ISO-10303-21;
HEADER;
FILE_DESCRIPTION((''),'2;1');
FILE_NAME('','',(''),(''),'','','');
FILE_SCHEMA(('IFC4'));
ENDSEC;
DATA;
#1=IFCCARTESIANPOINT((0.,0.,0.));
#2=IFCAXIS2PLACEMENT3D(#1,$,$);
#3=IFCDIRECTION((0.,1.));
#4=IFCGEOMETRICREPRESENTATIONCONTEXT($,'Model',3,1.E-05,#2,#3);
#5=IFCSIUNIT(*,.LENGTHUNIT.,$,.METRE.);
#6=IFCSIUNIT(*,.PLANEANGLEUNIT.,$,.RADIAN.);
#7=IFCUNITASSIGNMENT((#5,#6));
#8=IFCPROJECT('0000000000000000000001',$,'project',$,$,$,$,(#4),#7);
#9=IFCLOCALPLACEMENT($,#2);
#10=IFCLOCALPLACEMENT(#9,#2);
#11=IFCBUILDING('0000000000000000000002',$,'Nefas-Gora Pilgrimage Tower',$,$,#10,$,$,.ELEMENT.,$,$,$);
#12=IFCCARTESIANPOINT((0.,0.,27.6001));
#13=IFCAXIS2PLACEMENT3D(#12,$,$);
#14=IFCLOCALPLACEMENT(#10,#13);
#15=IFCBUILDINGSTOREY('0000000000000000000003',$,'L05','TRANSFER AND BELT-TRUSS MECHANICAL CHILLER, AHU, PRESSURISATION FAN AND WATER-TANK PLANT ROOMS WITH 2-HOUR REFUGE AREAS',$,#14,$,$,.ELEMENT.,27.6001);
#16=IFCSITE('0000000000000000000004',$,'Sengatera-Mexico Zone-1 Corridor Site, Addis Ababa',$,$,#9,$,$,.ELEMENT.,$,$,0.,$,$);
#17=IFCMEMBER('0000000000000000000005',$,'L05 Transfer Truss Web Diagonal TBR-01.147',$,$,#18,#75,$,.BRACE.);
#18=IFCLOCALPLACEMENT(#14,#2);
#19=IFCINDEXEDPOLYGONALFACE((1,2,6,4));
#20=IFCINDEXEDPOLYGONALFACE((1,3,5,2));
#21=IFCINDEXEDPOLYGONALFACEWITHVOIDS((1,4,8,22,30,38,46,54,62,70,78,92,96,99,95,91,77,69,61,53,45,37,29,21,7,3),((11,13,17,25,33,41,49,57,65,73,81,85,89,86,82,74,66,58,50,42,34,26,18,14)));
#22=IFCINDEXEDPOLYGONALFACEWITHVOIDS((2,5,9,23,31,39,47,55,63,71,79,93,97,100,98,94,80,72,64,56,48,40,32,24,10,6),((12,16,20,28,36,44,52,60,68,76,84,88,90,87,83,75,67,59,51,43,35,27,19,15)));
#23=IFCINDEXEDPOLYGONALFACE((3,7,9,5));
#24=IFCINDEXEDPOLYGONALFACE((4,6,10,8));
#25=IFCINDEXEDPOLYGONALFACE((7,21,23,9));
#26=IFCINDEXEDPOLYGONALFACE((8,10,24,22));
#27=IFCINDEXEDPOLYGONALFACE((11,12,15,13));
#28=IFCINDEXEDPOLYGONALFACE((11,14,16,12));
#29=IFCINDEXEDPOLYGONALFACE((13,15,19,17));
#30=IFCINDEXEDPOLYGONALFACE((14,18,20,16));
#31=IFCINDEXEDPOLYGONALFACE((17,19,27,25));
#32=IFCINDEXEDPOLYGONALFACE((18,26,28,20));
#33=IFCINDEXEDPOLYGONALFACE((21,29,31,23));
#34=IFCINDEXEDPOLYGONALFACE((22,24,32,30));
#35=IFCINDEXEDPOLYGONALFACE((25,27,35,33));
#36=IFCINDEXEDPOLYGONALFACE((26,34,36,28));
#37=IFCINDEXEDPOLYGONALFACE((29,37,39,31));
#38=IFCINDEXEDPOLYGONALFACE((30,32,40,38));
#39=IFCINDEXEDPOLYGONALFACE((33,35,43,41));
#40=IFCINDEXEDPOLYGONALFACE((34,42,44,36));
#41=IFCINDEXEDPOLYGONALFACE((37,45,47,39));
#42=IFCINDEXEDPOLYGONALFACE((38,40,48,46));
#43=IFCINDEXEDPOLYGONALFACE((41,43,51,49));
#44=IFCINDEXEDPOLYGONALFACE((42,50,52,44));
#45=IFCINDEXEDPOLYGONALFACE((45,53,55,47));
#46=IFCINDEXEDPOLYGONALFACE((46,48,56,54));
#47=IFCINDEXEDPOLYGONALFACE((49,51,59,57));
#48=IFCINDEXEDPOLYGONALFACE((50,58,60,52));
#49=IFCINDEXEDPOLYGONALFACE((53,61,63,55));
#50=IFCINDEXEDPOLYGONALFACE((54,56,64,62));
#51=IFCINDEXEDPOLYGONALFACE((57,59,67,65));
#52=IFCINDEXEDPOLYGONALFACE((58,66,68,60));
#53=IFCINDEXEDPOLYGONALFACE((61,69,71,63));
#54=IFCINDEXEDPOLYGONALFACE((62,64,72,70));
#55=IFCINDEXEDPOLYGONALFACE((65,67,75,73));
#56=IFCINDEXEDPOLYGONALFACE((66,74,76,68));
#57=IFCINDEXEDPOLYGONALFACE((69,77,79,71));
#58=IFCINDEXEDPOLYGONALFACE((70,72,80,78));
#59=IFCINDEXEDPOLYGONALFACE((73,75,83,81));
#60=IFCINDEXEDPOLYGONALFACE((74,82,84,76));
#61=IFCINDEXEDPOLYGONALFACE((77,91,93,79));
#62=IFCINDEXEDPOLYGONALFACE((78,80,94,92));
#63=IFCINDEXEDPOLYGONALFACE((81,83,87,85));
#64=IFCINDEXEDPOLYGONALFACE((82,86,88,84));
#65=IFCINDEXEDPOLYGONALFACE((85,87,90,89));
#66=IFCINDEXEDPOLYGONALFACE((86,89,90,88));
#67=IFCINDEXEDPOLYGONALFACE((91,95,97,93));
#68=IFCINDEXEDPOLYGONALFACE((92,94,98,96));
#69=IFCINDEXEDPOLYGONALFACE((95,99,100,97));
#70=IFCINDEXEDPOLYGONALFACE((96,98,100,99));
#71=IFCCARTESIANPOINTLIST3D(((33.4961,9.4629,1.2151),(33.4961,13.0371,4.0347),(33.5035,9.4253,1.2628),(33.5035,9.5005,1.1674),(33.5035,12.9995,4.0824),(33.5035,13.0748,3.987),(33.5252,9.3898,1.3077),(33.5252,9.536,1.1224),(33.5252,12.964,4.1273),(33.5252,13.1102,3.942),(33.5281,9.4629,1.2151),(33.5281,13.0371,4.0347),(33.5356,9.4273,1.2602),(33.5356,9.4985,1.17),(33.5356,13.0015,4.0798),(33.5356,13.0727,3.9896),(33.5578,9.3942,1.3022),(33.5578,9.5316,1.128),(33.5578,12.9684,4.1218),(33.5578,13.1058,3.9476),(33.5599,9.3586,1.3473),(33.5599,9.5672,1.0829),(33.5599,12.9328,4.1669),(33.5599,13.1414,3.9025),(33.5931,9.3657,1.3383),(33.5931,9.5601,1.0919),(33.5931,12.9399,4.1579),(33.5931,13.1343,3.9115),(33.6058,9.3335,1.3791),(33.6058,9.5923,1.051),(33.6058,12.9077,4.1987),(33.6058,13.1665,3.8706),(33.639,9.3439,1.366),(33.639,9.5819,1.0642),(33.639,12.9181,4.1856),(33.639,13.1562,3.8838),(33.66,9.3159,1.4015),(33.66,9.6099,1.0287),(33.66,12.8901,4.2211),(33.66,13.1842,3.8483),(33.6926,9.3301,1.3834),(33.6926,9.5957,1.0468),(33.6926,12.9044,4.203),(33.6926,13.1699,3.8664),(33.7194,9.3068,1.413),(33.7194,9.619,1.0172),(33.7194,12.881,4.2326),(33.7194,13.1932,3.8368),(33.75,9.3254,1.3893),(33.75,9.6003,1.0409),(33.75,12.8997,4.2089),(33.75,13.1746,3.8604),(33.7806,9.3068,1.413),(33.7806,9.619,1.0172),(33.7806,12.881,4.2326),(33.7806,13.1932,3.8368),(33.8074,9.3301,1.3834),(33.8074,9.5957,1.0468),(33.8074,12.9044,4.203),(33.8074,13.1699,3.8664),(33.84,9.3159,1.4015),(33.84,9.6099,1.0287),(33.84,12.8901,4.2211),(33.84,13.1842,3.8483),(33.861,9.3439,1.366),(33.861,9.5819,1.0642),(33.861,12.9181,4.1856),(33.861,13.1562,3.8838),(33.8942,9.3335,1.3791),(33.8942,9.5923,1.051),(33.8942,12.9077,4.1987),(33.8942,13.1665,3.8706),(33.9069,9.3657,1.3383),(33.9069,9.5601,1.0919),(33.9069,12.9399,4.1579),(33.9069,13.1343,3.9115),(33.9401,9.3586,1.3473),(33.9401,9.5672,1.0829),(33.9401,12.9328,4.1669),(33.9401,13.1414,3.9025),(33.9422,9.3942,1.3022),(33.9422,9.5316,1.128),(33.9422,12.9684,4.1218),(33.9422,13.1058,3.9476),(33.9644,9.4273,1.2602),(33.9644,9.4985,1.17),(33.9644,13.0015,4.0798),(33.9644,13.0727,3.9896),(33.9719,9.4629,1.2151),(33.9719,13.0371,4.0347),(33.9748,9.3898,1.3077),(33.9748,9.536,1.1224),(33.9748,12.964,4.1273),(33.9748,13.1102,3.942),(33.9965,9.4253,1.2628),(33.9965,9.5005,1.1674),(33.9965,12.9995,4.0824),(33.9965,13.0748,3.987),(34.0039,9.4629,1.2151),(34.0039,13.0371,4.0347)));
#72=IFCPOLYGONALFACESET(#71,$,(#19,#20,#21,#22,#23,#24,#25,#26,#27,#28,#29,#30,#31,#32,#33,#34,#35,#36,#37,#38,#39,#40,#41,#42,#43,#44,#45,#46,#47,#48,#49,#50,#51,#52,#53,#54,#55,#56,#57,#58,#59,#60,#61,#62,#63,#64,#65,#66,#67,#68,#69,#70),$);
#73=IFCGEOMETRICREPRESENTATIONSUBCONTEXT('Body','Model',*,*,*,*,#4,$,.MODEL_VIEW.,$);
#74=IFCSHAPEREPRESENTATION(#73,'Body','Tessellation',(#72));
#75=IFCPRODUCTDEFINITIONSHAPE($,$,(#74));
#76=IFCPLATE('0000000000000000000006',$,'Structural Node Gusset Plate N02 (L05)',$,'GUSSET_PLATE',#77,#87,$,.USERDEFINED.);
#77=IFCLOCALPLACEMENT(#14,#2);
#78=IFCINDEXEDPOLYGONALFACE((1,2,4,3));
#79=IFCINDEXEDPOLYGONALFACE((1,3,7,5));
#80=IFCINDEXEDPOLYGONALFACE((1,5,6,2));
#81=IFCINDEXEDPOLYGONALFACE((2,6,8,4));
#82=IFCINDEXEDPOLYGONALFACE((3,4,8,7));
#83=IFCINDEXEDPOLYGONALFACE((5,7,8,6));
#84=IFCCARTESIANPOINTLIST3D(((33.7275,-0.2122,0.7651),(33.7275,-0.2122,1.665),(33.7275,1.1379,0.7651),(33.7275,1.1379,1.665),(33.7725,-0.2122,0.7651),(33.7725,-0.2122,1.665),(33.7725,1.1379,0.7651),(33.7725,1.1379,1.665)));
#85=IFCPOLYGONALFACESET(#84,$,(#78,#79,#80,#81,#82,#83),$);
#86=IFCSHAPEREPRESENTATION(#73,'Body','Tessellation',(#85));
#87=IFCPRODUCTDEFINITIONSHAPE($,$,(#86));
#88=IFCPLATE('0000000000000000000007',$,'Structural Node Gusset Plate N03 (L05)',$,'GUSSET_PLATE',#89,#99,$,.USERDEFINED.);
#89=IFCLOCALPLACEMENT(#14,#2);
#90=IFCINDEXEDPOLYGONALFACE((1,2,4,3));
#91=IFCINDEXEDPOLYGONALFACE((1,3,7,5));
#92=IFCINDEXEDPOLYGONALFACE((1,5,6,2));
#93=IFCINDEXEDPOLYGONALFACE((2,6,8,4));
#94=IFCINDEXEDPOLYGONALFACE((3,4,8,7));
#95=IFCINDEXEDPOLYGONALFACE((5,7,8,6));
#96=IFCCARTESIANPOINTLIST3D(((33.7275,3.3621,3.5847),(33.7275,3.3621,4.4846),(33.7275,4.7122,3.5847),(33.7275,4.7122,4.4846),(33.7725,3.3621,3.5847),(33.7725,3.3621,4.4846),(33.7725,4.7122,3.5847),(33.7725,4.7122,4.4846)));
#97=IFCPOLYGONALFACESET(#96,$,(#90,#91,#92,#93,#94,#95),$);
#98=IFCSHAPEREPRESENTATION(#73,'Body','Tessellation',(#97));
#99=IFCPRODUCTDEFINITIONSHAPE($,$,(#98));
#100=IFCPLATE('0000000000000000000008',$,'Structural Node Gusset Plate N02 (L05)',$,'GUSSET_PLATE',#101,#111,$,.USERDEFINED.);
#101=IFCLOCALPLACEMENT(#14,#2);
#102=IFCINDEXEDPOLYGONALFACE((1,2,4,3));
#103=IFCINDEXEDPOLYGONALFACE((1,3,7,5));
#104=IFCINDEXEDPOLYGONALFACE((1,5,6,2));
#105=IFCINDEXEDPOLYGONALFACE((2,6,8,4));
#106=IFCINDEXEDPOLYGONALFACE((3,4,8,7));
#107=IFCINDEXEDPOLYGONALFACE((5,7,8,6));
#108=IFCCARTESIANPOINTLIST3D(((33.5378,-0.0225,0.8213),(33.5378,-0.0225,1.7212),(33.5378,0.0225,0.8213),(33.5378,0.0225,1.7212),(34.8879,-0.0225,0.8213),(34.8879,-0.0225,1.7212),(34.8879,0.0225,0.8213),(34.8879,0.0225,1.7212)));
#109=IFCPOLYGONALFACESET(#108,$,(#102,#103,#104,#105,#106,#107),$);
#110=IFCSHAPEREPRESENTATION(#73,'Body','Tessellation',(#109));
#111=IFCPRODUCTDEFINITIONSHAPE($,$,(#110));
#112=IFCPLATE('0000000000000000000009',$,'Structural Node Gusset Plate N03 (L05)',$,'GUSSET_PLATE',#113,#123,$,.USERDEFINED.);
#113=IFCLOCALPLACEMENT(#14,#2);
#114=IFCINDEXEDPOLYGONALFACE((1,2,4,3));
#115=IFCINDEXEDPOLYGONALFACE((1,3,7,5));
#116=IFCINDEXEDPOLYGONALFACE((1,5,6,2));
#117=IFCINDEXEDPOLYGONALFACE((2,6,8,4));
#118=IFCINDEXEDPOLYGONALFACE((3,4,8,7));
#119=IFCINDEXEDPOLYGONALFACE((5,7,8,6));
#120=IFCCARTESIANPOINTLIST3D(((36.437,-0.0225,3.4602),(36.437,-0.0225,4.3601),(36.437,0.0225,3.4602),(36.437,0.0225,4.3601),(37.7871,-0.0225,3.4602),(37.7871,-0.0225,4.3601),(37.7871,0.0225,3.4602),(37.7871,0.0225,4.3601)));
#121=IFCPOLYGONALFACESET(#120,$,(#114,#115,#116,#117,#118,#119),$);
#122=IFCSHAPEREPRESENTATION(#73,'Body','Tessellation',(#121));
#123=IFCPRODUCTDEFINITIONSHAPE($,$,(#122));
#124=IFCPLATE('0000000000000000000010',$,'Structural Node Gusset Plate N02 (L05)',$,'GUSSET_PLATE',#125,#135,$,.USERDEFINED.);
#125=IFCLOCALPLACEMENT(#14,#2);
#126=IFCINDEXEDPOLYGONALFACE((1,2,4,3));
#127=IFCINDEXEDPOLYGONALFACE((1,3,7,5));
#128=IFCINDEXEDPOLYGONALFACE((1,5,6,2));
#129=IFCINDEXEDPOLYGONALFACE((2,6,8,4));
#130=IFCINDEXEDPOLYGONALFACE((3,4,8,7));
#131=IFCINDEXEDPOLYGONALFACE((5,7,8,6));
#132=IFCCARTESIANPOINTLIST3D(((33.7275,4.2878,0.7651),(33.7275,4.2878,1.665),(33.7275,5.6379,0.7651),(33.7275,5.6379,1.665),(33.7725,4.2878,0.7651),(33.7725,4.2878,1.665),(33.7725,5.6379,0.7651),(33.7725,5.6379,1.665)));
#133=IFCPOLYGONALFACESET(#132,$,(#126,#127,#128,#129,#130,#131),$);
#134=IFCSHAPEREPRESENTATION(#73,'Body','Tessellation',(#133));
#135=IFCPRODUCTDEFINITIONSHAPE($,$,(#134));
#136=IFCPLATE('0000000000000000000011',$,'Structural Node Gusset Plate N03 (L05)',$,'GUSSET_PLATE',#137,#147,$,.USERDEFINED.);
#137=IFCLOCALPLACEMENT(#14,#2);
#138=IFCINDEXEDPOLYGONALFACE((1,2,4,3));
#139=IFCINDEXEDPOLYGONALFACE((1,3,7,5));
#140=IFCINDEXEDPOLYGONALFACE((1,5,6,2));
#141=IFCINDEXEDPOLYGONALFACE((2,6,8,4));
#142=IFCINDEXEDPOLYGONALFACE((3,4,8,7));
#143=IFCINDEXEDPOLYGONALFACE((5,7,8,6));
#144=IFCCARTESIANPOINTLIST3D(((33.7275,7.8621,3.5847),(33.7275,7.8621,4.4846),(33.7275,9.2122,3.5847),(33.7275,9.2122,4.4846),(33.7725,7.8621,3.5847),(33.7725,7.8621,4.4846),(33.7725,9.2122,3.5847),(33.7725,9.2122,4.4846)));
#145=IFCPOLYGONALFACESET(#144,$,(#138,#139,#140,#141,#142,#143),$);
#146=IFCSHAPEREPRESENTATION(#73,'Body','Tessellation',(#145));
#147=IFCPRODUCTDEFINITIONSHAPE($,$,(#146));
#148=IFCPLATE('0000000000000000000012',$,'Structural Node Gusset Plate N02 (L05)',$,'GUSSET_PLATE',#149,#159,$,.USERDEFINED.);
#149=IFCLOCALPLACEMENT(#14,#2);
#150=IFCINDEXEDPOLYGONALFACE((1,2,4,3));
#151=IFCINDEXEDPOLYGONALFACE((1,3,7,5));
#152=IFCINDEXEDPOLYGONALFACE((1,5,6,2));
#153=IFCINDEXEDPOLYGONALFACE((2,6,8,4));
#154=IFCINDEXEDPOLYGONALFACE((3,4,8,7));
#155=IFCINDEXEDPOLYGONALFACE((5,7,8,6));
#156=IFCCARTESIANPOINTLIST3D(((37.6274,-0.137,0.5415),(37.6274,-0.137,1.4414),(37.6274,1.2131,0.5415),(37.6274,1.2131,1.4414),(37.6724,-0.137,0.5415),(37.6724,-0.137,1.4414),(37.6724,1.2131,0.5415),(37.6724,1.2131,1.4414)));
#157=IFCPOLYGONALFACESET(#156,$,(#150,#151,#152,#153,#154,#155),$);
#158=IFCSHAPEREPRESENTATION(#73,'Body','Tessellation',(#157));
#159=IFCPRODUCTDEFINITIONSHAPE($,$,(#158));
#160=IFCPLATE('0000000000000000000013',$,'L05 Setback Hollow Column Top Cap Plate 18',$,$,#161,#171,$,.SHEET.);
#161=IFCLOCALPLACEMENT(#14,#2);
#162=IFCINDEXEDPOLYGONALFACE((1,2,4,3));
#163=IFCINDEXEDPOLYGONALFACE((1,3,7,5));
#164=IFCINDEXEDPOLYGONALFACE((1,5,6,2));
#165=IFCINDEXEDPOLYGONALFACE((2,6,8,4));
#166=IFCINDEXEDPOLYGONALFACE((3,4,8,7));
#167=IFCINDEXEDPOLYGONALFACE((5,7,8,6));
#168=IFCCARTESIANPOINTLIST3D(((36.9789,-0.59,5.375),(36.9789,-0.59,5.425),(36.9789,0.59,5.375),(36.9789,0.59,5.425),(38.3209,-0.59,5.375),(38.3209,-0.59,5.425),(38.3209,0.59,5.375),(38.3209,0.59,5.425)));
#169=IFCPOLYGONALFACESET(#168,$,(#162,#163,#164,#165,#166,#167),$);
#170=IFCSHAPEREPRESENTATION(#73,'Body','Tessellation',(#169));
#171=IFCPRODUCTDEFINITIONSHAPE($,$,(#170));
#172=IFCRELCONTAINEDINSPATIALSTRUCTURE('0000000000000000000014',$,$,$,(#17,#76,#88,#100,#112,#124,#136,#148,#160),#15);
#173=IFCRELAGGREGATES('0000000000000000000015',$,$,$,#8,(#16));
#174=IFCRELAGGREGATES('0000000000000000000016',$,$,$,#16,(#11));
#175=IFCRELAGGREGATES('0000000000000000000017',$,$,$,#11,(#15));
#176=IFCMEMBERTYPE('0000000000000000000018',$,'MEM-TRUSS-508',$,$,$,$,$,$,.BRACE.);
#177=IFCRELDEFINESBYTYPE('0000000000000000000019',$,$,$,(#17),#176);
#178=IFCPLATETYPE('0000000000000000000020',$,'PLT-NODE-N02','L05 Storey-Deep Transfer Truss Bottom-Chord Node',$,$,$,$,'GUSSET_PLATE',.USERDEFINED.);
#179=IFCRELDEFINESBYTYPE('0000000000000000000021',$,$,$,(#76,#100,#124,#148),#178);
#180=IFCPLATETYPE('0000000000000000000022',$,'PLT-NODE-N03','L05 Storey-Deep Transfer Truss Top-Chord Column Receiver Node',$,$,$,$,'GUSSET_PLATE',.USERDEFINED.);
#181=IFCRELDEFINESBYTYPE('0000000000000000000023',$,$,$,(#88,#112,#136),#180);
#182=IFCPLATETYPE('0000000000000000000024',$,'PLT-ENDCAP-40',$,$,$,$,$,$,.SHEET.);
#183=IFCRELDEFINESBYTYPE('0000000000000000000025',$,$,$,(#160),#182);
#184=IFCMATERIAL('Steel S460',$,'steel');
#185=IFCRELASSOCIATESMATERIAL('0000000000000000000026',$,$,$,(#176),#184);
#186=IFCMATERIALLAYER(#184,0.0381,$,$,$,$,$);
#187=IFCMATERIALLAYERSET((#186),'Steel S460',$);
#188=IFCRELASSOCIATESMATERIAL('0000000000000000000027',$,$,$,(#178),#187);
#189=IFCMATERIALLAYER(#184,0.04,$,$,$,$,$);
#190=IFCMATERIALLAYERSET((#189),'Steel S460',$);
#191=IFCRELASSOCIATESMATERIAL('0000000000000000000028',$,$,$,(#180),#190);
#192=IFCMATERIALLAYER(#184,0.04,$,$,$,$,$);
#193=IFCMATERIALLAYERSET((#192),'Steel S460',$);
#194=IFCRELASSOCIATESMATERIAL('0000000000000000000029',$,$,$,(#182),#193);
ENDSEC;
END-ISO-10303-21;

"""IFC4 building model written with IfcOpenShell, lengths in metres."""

from ifc_helpers import new_model, si_unit, direction, frame, origin, origin_2d, place, context, subcontext, project, spatial, rectangle, hollow_circle, extrude, source, transform, mapped, material, layer, layer_set, material_profile, profile_set, type_object, element, save


model = new_model("IFC4")

# Units and contexts
model_context = context("Model", 3, precision=1e-05, world=origin(), true_north=direction((0.0, 1.0)))
body_context = subcontext(model_context, "Body", "Model", "MODEL_VIEW")
ifc_project = project(units=[si_unit("LENGTHUNIT", "METRE"), si_unit("PLANEANGLEUNIT", "RADIAN")], contexts=[model_context])

# Site, building, storey
site_placement = place(None, origin())
site = spatial("IfcSite", under=ifc_project, at=site_placement, Name="Sengatera-Mexico Zone-1 Corridor Site, Addis Ababa", CompositionType="ELEMENT", RefElevation=0.0)
building_placement = place(site_placement, origin())
building = spatial("IfcBuilding", under=site, at=building_placement, Name="Nefas-Gora Pilgrimage Tower", CompositionType="ELEMENT")
storey_placement = place(building_placement, frame((0.0, 0.0, 27.6001)))
storey = spatial("IfcBuildingStorey", under=building, at=storey_placement, Name="L05", Description="TRANSFER AND BELT-TRUSS MECHANICAL CHILLER, AHU, PRESSURISATION FAN AND WATER-TANK PLANT ROOMS WITH 2-HOUR REFUGE AREAS", CompositionType="ELEMENT", Elevation=27.6001)

# Shared definitions
ifc_material_1 = material(Name="Steel S460", Category="steel")

# Shared definitions
ifc_material_profile_1 = material_profile(ifc_material_1, hollow_circle(Radius=0.2539, WallThickness=0.032, at=origin_2d()), Name="CHS 508x32")
ifc_profile_set_1 = profile_set([ifc_material_profile_1], Name="Steel S460")
member_type = type_object("IfcMemberType", Name="MEM-TRUSS-508", PredefinedType="BRACE", material=ifc_profile_set_1)

# Member
shared_shape_1 = source(origin(), body_context, "Body", "SweptSolid", [
    extrude(hollow_circle(Radius=0.2539, WallThickness=0.032, at=origin_2d()), origin(), (0.0, 0.0, 1.0), 4.5525),
])
for number, where, z_axis, x_axis, name in (
    (1, (33.75, 9.4629, 1.2151), (0.0, 0.785115, 0.61935), (-1.0, 0.0, 0.0), "L05 Transfer Truss Web Diagonal TBR-01.147"),
):
    element("IfcMember", number, at=place(storey_placement, frame(where, z_axis=z_axis, x_axis=x_axis)), inside=storey, type_object=member_type, Name=name, PredefinedType="BRACE", context=body_context, shape_type="MappedRepresentation", body=[
        mapped(shared_shape_1, transform((0.0, 0.0, 0.0), x_axis=(1.0, 0.0, 0.0), y_axis=(0.0, 1.0, 0.0), z_axis=(0.0, 0.0, 1.0), scale=1.0)),
    ])

# Plates
ifc_layer_1 = layer(ifc_material_1, 0.0381)
ifc_layer_set_1 = layer_set([ifc_layer_1], Name="Steel S460")
plate_type_1 = type_object("IfcPlateType", Name="PLT-NODE-N02", Description="L05 Storey-Deep Transfer Truss Bottom-Chord Node", ElementType="GUSSET_PLATE", PredefinedType="USERDEFINED", material=ifc_layer_set_1)
shared_shape_2 = source(origin(), body_context, "Body", "SweptSolid", [
    extrude(rectangle(XDim=1.3501, YDim=0.0449, at=origin_2d()), origin(), (0.0, 0.0, 1.0), 0.8999),
])
plate_1_placement = place(storey_placement, frame((33.75, 0.4629, 0.7651), z_axis=(0.0, 0.0, 1.0), x_axis=(0.0, 1.0, 0.0)))
element("IfcPlate", 2, at=plate_1_placement, inside=storey, type_object=plate_type_1, Name="Structural Node Gusset Plate N02 (L05)", ObjectType="GUSSET_PLATE", PredefinedType="USERDEFINED", context=body_context, shape_type="MappedRepresentation", body=[
    mapped(shared_shape_2, transform((0.0, 0.0, 0.0), x_axis=(1.0, 0.0, 0.0), y_axis=(0.0, 1.0, 0.0), z_axis=(0.0, 0.0, 1.0), scale=1.0)),
])
ifc_layer_2 = layer(ifc_material_1, 0.04)
ifc_layer_set_2 = layer_set([ifc_layer_2], Name="Steel S460")
plate_type_2 = type_object("IfcPlateType", Name="PLT-NODE-N03", Description="L05 Storey-Deep Transfer Truss Top-Chord Column Receiver Node", ElementType="GUSSET_PLATE", PredefinedType="USERDEFINED", material=ifc_layer_set_2)
plate_2_placement = place(storey_placement, frame((33.75, 4.0371, 3.5847), z_axis=(0.0, 0.0, 1.0), x_axis=(0.0, 1.0, 0.0)))
element("IfcPlate", 3, at=plate_2_placement, inside=storey, type_object=plate_type_2, Name="Structural Node Gusset Plate N03 (L05)", ObjectType="GUSSET_PLATE", PredefinedType="USERDEFINED", context=body_context, shape_type="MappedRepresentation", body=[
    mapped(shared_shape_2, transform((0.0, 0.0, 0.0), x_axis=(1.0, 0.0, 0.0), y_axis=(0.0, 1.0, 0.0), z_axis=(0.0, 0.0, 1.0), scale=1.0)),
])
plate_3_placement = place(storey_placement, frame((34.2129, 0.0, 0.8213), z_axis=(0.0, 0.0, 1.0), x_axis=(1.0, 0.0, 0.0)))
element("IfcPlate", 4, at=plate_3_placement, inside=storey, type_object=plate_type_1, Name="Structural Node Gusset Plate N02 (L05)", ObjectType="GUSSET_PLATE", PredefinedType="USERDEFINED", context=body_context, shape_type="MappedRepresentation", body=[
    mapped(shared_shape_2, transform((0.0, 0.0, 0.0), x_axis=(1.0, 0.0, 0.0), y_axis=(0.0, 1.0, 0.0), z_axis=(0.0, 0.0, 1.0), scale=1.0)),
])
plate_4_placement = place(storey_placement, frame((37.1121, 0.0, 3.4602), z_axis=(0.0, 0.0, 1.0), x_axis=(1.0, 0.0, 0.0)))
element("IfcPlate", 5, at=plate_4_placement, inside=storey, type_object=plate_type_2, Name="Structural Node Gusset Plate N03 (L05)", ObjectType="GUSSET_PLATE", PredefinedType="USERDEFINED", context=body_context, shape_type="MappedRepresentation", body=[
    mapped(shared_shape_2, transform((0.0, 0.0, 0.0), x_axis=(1.0, 0.0, 0.0), y_axis=(0.0, 1.0, 0.0), z_axis=(0.0, 0.0, 1.0), scale=1.0)),
])
plate_5_placement = place(storey_placement, frame((33.75, 4.9629, 0.7651), z_axis=(0.0, 0.0, 1.0), x_axis=(0.0, 1.0, 0.0)))
element("IfcPlate", 6, at=plate_5_placement, inside=storey, type_object=plate_type_1, Name="Structural Node Gusset Plate N02 (L05)", ObjectType="GUSSET_PLATE", PredefinedType="USERDEFINED", context=body_context, shape_type="MappedRepresentation", body=[
    mapped(shared_shape_2, transform((0.0, 0.0, 0.0), x_axis=(1.0, 0.0, 0.0), y_axis=(0.0, 1.0, 0.0), z_axis=(0.0, 0.0, 1.0), scale=1.0)),
])
plate_6_placement = place(storey_placement, frame((33.75, 8.5371, 3.5847), z_axis=(0.0, 0.0, 1.0), x_axis=(0.0, 1.0, 0.0)))
element("IfcPlate", 7, at=plate_6_placement, inside=storey, type_object=plate_type_2, Name="Structural Node Gusset Plate N03 (L05)", ObjectType="GUSSET_PLATE", PredefinedType="USERDEFINED", context=body_context, shape_type="MappedRepresentation", body=[
    mapped(shared_shape_2, transform((0.0, 0.0, 0.0), x_axis=(1.0, 0.0, 0.0), y_axis=(0.0, 1.0, 0.0), z_axis=(0.0, 0.0, 1.0), scale=1.0)),
])
plate_7_placement = place(storey_placement, frame((37.6499, 0.5381, 0.5415), z_axis=(0.0, 0.0, 1.0), x_axis=(0.0, 1.0, 0.0)))
element("IfcPlate", 8, at=plate_7_placement, inside=storey, type_object=plate_type_1, Name="Structural Node Gusset Plate N02 (L05)", ObjectType="GUSSET_PLATE", PredefinedType="USERDEFINED", context=body_context, shape_type="MappedRepresentation", body=[
    mapped(shared_shape_2, transform((0.0, 0.0, 0.0), x_axis=(1.0, 0.0, 0.0), y_axis=(0.0, 1.0, 0.0), z_axis=(0.0, 0.0, 1.0), scale=1.0)),
])
ifc_layer_3 = layer(ifc_material_1, 0.04)
ifc_layer_set_3 = layer_set([ifc_layer_3], Name="Steel S460")
plate_type_3 = type_object("IfcPlateType", Name="PLT-ENDCAP-40", PredefinedType="SHEET", material=ifc_layer_set_3)
shared_shape_3 = source(origin(), body_context, "Body", "SweptSolid", [
    extrude(rectangle(XDim=1.342, YDim=1.1799, at=origin_2d()), origin(), (0.0, 0.0, 1.0), 0.05),
])
plate_8_placement = place(storey_placement, frame((37.6499, 0.0, 5.375), z_axis=(0.0, 0.0, 1.0), x_axis=(1.0, 0.0, 0.0)))
element("IfcPlate", 9, at=plate_8_placement, inside=storey, type_object=plate_type_3, Name="L05 Setback Hollow Column Top Cap Plate 18", PredefinedType="SHEET", context=body_context, shape_type="MappedRepresentation", body=[
    mapped(shared_shape_3, transform((0.0, 0.0, 0.0), x_axis=(1.0, 0.0, 0.0), y_axis=(0.0, 1.0, 0.0), z_axis=(0.0, 0.0, 1.0), scale=1.0)),
])

save(model, "model.ifc")
